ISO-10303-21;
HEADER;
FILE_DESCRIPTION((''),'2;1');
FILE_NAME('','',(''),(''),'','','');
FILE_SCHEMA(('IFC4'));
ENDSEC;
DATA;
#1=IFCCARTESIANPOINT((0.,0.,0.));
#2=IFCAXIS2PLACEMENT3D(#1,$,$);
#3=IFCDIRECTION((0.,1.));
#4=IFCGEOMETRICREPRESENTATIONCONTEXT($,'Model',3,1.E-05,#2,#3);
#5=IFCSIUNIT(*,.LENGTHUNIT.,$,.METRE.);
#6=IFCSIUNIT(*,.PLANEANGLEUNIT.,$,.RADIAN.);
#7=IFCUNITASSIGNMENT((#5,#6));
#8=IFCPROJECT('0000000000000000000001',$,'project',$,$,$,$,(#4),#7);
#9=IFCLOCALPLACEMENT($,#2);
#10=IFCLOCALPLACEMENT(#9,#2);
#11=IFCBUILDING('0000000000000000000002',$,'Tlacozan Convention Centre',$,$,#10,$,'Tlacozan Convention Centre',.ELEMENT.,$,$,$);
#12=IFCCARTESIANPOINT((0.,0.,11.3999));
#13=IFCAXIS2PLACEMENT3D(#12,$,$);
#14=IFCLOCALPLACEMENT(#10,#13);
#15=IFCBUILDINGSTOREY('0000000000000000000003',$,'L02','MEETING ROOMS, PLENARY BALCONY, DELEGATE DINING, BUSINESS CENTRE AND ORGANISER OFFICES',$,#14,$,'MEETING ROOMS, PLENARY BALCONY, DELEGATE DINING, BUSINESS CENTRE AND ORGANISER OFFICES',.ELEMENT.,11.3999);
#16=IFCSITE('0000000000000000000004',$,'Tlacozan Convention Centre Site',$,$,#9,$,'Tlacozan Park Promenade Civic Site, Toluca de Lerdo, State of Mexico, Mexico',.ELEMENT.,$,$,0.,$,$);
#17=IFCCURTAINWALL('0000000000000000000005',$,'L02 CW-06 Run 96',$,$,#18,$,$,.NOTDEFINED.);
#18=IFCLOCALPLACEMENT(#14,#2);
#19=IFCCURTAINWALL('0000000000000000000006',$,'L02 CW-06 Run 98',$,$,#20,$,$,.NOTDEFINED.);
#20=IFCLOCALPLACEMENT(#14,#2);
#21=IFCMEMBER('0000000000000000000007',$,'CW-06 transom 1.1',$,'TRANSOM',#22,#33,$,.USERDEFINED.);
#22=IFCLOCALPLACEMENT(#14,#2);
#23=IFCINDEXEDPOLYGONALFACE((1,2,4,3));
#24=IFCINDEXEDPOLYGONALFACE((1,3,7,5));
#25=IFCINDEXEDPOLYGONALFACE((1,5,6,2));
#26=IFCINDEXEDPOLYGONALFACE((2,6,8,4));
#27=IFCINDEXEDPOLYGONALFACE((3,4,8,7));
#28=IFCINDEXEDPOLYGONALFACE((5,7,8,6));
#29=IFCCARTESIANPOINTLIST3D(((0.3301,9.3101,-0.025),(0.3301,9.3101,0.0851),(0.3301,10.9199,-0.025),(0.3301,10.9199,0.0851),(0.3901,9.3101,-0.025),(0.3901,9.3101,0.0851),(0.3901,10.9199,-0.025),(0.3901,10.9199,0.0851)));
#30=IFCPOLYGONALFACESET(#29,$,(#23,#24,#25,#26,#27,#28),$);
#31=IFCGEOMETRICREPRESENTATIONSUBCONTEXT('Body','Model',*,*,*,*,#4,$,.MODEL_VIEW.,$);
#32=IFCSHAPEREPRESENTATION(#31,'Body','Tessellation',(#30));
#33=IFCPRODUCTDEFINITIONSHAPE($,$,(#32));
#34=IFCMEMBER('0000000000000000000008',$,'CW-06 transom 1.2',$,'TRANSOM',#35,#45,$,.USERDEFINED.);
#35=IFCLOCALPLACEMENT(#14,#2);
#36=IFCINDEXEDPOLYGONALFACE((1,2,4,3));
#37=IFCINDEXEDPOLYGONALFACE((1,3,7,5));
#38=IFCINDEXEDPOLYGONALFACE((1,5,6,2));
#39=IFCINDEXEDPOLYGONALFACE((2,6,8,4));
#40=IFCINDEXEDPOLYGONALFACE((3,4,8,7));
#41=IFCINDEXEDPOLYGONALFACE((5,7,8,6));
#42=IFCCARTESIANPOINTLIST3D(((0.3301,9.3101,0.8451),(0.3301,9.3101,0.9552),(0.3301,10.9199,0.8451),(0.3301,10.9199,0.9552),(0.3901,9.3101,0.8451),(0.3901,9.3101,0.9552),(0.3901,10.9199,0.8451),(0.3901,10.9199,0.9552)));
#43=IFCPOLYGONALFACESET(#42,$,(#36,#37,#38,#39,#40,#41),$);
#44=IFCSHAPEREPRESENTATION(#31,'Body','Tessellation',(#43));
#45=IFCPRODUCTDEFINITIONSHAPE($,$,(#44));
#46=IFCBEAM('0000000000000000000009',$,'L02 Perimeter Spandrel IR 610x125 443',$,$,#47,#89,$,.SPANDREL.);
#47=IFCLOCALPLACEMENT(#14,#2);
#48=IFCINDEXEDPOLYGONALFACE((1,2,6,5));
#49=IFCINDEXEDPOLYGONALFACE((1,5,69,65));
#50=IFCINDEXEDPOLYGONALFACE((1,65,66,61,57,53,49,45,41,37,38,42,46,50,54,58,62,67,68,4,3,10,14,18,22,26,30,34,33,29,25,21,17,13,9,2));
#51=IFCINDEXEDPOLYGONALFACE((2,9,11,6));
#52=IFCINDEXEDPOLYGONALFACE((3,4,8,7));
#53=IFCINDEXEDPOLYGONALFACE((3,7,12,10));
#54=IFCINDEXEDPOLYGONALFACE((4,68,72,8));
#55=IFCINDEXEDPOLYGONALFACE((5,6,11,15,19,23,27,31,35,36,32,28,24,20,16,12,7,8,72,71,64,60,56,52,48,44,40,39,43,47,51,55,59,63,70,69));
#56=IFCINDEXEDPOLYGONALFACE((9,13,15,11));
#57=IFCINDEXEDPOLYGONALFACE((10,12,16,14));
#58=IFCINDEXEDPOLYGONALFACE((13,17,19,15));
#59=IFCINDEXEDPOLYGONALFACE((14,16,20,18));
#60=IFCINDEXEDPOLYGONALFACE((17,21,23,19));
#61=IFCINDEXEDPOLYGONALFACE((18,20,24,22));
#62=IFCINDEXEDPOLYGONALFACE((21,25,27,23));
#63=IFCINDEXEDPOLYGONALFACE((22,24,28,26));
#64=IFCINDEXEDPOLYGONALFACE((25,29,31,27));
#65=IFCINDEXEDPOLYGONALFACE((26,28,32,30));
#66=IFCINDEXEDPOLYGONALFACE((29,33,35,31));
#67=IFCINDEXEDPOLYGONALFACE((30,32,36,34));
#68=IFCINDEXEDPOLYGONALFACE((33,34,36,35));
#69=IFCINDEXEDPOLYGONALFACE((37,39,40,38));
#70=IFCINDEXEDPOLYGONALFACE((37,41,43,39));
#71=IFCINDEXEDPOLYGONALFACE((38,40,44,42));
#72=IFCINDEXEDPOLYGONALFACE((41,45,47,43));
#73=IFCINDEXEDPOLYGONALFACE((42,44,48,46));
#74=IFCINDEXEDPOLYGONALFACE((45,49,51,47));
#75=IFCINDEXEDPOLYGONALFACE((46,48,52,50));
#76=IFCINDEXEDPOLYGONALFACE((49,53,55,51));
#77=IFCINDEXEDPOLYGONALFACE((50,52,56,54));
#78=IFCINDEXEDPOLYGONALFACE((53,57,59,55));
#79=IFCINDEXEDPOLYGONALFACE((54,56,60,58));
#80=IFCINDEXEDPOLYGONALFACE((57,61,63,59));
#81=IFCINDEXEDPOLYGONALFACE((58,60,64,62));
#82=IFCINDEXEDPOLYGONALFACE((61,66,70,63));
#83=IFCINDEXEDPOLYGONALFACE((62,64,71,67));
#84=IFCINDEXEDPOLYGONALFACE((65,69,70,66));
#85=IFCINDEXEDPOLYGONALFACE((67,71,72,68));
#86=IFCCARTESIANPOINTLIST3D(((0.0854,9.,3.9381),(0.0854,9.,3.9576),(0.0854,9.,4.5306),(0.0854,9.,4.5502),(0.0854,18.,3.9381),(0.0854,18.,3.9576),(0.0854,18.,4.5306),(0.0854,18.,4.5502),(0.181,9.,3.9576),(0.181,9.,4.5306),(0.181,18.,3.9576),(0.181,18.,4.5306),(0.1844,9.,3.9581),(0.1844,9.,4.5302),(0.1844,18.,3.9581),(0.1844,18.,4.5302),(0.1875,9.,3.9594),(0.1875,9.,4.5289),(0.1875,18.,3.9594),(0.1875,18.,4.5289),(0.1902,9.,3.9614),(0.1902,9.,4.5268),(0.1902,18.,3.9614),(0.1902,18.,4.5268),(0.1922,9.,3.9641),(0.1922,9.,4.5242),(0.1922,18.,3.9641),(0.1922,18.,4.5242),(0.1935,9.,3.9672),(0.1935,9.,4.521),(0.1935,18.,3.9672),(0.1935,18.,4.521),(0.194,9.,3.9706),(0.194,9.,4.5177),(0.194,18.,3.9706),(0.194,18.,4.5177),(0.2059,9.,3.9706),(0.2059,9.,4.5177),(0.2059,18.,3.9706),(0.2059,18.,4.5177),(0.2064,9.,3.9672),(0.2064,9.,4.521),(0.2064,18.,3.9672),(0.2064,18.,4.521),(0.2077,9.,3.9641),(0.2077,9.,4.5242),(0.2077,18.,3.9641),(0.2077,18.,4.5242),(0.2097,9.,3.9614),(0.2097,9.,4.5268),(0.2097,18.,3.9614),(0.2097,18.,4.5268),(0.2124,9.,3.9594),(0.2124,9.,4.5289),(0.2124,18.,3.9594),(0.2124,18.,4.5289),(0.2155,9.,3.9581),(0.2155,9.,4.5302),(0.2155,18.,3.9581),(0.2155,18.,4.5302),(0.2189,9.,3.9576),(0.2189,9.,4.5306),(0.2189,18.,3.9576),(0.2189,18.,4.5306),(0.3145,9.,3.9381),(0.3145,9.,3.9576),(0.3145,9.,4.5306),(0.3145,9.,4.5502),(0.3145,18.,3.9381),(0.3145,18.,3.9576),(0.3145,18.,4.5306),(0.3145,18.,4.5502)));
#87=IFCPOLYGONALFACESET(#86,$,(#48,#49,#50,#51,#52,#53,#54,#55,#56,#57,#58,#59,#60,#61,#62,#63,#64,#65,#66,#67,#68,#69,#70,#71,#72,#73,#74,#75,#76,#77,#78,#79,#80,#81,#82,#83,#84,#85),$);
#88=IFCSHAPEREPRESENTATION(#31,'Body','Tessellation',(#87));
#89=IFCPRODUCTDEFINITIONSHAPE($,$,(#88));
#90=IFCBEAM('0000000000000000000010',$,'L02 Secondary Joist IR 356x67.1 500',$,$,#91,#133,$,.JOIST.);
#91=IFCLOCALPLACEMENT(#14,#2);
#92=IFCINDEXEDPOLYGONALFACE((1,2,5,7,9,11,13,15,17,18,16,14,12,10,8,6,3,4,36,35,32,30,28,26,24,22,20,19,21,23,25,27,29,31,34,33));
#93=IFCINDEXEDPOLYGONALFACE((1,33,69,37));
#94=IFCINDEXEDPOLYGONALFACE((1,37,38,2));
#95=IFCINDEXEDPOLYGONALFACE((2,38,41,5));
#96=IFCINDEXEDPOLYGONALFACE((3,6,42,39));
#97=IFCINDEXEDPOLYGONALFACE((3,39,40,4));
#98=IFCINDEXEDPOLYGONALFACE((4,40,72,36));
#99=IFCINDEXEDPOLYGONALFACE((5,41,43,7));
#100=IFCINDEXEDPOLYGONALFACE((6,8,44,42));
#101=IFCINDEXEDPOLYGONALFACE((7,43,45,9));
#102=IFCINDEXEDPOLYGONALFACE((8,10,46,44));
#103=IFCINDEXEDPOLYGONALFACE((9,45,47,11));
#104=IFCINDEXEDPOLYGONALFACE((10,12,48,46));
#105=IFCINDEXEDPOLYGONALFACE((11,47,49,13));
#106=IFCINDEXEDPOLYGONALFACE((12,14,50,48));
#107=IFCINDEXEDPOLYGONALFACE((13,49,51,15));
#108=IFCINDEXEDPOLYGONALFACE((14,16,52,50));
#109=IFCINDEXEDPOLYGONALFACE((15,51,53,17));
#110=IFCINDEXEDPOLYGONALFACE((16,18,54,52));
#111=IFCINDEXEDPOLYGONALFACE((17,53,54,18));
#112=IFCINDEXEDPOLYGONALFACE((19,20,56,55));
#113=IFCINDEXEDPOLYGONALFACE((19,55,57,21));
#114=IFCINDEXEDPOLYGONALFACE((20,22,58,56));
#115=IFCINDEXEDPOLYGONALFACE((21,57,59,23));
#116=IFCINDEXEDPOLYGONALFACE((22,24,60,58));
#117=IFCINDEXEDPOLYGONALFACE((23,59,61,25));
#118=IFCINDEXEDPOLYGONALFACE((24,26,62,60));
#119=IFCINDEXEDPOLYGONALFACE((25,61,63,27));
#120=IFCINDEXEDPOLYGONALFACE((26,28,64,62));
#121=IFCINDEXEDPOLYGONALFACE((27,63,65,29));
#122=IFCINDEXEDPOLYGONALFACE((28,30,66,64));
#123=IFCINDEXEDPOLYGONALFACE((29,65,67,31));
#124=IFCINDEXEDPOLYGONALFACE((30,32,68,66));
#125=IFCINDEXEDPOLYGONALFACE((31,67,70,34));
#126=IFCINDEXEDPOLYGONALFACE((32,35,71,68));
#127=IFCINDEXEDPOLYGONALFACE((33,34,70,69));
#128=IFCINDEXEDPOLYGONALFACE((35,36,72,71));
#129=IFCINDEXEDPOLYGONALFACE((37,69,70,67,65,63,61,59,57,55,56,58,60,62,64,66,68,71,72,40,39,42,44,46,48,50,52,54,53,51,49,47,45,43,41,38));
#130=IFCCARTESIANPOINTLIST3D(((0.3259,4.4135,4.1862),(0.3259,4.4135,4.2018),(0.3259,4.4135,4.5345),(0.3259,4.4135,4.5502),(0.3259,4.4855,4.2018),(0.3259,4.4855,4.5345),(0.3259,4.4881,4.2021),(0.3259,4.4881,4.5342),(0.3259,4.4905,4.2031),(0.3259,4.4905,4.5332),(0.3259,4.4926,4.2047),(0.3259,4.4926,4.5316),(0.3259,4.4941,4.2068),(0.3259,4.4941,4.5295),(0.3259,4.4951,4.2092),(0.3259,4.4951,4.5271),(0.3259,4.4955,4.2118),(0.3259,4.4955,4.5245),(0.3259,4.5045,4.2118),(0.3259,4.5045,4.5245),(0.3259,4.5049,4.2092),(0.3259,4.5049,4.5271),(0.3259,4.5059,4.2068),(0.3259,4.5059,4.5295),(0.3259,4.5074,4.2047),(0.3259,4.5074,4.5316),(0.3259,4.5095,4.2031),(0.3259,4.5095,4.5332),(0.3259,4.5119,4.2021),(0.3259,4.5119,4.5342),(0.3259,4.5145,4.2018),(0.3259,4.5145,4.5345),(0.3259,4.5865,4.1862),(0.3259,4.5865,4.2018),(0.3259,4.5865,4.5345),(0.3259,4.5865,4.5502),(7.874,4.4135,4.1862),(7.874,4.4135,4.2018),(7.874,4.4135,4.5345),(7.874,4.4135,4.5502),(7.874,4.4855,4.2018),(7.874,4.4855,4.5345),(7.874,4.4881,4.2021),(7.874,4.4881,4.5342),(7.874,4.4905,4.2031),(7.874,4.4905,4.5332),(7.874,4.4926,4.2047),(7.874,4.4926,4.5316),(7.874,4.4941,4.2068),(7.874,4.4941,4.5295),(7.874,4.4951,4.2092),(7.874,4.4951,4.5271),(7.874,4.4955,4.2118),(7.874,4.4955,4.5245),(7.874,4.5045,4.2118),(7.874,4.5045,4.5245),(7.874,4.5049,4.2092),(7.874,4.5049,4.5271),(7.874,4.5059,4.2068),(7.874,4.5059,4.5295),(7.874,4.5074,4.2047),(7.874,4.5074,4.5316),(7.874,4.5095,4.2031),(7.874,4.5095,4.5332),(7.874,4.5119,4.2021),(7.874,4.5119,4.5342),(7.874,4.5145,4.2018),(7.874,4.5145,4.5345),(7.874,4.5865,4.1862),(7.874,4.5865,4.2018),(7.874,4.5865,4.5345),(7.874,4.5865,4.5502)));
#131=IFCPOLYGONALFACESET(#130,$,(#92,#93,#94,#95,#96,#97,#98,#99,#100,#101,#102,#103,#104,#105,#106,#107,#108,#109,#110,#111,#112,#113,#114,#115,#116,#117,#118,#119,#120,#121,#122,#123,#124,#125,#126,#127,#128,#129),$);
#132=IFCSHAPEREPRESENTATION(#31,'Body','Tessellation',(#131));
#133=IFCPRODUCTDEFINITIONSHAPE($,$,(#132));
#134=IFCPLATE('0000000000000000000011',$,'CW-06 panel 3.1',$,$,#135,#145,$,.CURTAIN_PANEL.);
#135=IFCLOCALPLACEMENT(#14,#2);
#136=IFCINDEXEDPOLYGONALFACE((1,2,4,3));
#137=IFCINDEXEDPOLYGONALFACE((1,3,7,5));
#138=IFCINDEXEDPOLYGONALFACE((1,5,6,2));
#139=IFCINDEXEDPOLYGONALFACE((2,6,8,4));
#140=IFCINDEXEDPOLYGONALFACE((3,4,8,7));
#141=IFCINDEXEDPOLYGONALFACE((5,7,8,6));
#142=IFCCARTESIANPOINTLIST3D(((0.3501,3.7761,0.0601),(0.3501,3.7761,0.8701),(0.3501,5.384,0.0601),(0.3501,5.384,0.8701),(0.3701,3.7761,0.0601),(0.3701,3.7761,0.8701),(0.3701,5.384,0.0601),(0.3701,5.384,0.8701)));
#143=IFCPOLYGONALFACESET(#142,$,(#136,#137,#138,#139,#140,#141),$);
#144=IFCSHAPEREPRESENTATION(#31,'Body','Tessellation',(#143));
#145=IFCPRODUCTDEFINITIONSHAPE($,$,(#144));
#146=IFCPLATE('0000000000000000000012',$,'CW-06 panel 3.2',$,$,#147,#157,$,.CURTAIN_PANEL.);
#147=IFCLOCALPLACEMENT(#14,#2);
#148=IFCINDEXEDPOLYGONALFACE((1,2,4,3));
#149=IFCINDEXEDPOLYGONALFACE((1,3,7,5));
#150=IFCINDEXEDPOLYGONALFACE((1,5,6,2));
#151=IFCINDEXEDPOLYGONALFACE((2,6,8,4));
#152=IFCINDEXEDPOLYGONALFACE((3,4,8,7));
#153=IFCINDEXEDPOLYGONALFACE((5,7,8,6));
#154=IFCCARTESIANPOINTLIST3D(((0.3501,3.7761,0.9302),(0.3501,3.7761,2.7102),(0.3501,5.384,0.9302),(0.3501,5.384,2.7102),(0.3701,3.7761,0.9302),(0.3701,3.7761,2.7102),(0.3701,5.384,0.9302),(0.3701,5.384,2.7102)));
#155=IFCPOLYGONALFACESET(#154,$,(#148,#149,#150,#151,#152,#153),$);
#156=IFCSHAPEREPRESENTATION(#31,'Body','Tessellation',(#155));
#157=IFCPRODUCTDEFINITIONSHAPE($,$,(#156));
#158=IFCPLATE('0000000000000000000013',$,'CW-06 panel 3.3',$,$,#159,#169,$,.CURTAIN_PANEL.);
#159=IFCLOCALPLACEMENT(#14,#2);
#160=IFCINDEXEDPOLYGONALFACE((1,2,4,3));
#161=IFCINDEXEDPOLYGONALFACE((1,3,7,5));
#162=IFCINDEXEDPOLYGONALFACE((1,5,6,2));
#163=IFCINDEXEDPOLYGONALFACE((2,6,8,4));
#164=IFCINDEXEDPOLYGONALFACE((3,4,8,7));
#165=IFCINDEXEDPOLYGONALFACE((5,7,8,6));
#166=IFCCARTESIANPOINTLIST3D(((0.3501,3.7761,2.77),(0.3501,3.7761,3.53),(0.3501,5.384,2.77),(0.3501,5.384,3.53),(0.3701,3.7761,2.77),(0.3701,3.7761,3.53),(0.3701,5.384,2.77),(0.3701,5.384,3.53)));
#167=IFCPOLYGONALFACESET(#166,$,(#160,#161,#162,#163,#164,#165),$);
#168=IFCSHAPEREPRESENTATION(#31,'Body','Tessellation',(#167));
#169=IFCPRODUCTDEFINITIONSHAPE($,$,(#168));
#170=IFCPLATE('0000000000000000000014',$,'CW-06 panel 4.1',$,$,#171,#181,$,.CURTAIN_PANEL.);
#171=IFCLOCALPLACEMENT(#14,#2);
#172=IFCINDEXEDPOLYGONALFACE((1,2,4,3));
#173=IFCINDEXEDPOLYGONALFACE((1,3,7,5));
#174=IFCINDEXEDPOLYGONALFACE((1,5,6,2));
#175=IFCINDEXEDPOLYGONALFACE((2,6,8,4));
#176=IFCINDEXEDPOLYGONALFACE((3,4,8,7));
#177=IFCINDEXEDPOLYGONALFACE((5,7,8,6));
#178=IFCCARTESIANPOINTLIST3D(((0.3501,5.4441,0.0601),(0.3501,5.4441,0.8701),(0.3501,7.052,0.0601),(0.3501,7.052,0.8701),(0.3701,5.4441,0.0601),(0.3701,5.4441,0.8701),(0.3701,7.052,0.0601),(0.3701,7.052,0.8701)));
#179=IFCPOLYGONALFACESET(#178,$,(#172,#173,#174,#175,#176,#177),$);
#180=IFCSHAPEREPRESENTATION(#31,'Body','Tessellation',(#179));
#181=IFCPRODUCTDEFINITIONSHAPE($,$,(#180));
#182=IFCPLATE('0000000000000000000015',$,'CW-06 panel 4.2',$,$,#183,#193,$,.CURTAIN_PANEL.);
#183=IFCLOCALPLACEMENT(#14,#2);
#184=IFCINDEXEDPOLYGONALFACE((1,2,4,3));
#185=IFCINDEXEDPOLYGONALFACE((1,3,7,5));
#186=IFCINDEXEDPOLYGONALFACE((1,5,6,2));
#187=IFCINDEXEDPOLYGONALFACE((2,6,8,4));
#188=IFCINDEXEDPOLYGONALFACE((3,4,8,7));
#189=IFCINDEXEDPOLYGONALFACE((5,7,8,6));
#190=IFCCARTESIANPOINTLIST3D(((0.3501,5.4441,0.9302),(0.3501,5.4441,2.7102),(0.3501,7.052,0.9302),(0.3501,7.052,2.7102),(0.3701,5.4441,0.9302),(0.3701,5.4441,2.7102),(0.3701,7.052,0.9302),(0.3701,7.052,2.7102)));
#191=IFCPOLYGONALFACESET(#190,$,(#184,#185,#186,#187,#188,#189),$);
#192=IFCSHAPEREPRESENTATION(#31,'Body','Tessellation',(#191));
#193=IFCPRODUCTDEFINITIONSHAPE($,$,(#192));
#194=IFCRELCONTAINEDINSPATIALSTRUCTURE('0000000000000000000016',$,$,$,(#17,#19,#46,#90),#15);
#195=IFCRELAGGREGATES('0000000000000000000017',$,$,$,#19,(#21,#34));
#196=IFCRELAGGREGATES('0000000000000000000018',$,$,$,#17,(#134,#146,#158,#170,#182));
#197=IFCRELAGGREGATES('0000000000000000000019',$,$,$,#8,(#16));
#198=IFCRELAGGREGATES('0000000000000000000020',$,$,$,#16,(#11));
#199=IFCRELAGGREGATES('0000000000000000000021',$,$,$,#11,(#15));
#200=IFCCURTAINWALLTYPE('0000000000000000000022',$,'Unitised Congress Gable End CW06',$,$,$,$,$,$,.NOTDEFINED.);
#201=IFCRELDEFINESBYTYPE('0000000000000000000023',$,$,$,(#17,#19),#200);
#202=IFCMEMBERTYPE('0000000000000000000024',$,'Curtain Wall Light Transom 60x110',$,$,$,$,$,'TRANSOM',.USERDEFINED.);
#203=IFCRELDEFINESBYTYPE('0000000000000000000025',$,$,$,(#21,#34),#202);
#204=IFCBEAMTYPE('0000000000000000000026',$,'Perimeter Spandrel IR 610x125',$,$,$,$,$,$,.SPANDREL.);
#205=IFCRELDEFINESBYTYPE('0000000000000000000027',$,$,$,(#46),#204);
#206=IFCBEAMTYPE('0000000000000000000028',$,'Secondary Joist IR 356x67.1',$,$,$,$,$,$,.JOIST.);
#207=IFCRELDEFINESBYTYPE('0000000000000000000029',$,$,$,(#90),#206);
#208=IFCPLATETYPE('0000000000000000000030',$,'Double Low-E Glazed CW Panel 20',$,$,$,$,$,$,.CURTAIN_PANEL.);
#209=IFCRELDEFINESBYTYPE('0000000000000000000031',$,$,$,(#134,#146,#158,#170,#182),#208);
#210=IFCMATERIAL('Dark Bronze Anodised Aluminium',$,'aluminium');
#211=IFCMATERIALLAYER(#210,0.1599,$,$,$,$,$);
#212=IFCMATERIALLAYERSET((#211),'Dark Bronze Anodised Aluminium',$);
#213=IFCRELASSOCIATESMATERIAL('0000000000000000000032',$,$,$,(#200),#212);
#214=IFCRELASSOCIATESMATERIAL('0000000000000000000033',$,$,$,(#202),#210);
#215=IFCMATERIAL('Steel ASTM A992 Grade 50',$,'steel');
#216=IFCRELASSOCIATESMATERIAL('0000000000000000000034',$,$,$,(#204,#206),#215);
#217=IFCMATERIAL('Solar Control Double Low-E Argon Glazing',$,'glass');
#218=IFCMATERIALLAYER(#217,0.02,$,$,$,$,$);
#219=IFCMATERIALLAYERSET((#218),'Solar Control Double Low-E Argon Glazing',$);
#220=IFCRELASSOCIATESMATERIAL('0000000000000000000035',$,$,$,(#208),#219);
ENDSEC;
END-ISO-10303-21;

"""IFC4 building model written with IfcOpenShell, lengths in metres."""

from ifc_helpers import new_model, si_unit, direction, frame, origin, origin_2d, place, context, subcontext, project, spatial, rectangle, i_section, extrude, material, layer, layer_set, material_profile, profile_set, type_object, element, aggregate, save


model = new_model("IFC4")

# Units and contexts
model_context = context("Model", 3, precision=1e-05, world=origin(), true_north=direction((0.0, 1.0)))
body_context = subcontext(model_context, "Body", "Model", "MODEL_VIEW")
ifc_project = project(units=[si_unit("LENGTHUNIT", "METRE"), si_unit("PLANEANGLEUNIT", "RADIAN")], contexts=[model_context])

# Site, building, storey
site_placement = place(None, origin())
site = spatial("IfcSite", under=ifc_project, at=site_placement, Name="Tlacozan Convention Centre Site", LongName="Tlacozan Park Promenade Civic Site, Toluca de Lerdo, State of Mexico, Mexico", CompositionType="ELEMENT", RefElevation=0.0)
building_placement = place(site_placement, origin())
building = spatial("IfcBuilding", under=site, at=building_placement, Name="Tlacozan Convention Centre", LongName="Tlacozan Convention Centre", CompositionType="ELEMENT")
storey_placement = place(building_placement, frame((0.0, 0.0, 11.3999)))
storey = spatial("IfcBuildingStorey", under=building, at=storey_placement, Name="L02", Description="MEETING ROOMS, PLENARY BALCONY, DELEGATE DINING, BUSINESS CENTRE AND ORGANISER OFFICES", LongName="MEETING ROOMS, PLENARY BALCONY, DELEGATE DINING, BUSINESS CENTRE AND ORGANISER OFFICES", CompositionType="ELEMENT", Elevation=11.3999)

# Curtain wall
ifc_material_1 = material(Name="Dark Bronze Anodised Aluminium", Category="aluminium")
ifc_layer_1 = layer(ifc_material_1, 0.1599)
ifc_layer_set_1 = layer_set([ifc_layer_1], Name="Dark Bronze Anodised Aluminium")
curtain_wall_type = type_object("IfcCurtainWallType", Name="Unitised Congress Gable End CW06", PredefinedType="NOTDEFINED", material=ifc_layer_set_1)
curtain_wall_1_placement = place(storey_placement, origin())
curtain_wall_1 = element("IfcCurtainWall", 1, at=curtain_wall_1_placement, inside=storey, type_object=curtain_wall_type, Name="L02 CW-06 Run 96", PredefinedType="NOTDEFINED")

# Curtain wall
curtain_wall_2_placement = place(storey_placement, origin())
curtain_wall_2 = element("IfcCurtainWall", 2, at=curtain_wall_2_placement, inside=storey, type_object=curtain_wall_type, Name="L02 CW-06 Run 98", PredefinedType="NOTDEFINED")

# Members
ifc_material_profile_1 = material_profile(ifc_material_1, rectangle(XDim=0.0601, YDim=0.1101, at=origin_2d()), Name="ALU 60x110")
ifc_profile_set_1 = profile_set([ifc_material_profile_1], Name="Dark Bronze Anodised Aluminium")
member_type_1 = type_object("IfcMemberType", Name="Curtain Wall Light Transom 60x110", ElementType="TRANSOM", PredefinedType="USERDEFINED", material=ifc_profile_set_1)
member_1_placement = place(storey_placement, frame((0.3601, 9.3101, 0.03), z_axis=(0.0, 1.0, 0.0), x_axis=(-1.0, 0.0, 0.0)))
member_1 = element("IfcMember", 3, at=member_1_placement, type_object=member_type_1, Name="CW-06 transom 1.1", ObjectType="TRANSOM", PredefinedType="USERDEFINED", context=body_context, shape_type="SweptSolid", body=[
    extrude(rectangle(XDim=0.0601, YDim=0.1101, at=origin_2d()), origin(), (0.0, 0.0, 1.0), 1.6099),
])
member_2_placement = place(storey_placement, frame((0.3601, 9.3101, 0.9001), z_axis=(0.0, 1.0, 0.0), x_axis=(-1.0, 0.0, 0.0)))
member_2 = element("IfcMember", 4, at=member_2_placement, type_object=member_type_1, Name="CW-06 transom 1.2", ObjectType="TRANSOM", PredefinedType="USERDEFINED", context=body_context, shape_type="SweptSolid", body=[
    extrude(rectangle(XDim=0.0601, YDim=0.1101, at=origin_2d()), origin(), (0.0, 0.0, 1.0), 1.6099),
])
aggregate(curtain_wall_2, [member_1, member_2])

# Beams
ifc_material_2 = material(Name="Steel ASTM A992 Grade 50", Category="steel")
ifc_material_profile_2 = material_profile(ifc_material_2, i_section(OverallWidth=0.229, OverallDepth=0.6121, WebThickness=0.012, FlangeThickness=0.0195, FilletRadius=0.0129, at=origin_2d()), Name="IR 610x125.0")
ifc_profile_set_2 = profile_set([ifc_material_profile_2], Name="Steel ASTM A992 Grade 50")
beam_type_1 = type_object("IfcBeamType", Name="Perimeter Spandrel IR 610x125", PredefinedType="SPANDREL", material=ifc_profile_set_2)
beam_1_placement = place(storey_placement, frame((0.2, 9.0, 4.2441), z_axis=(0.0, 1.0, 0.0), x_axis=(-1.0, 0.0, 0.0)))
element("IfcBeam", 5, at=beam_1_placement, inside=storey, type_object=beam_type_1, Name="L02 Perimeter Spandrel IR 610x125 443", PredefinedType="SPANDREL", context=body_context, shape_type="SweptSolid", body=[
    extrude(i_section(OverallWidth=0.229, OverallDepth=0.6121, WebThickness=0.012, FlangeThickness=0.0195, FilletRadius=0.0129, at=origin_2d()), origin(), (0.0, 0.0, 1.0), 9.0),
])
ifc_material_profile_3 = material_profile(ifc_material_2, i_section(OverallWidth=0.1731, OverallDepth=0.364, WebThickness=0.009, FlangeThickness=0.0156, FilletRadius=0.01, at=origin_2d()), Name="IR 356x67.1")
ifc_profile_set_3 = profile_set([ifc_material_profile_3], Name="Steel ASTM A992 Grade 50")
beam_type_2 = type_object("IfcBeamType", Name="Secondary Joist IR 356x67.1", PredefinedType="JOIST", material=ifc_profile_set_3)
beam_2_placement = place(storey_placement, frame((0.3259, 4.5, 4.3682), z_axis=(1.0, 0.0, 0.0), x_axis=(0.0, 1.0, 0.0)))
element("IfcBeam", 6, at=beam_2_placement, inside=storey, type_object=beam_type_2, Name="L02 Secondary Joist IR 356x67.1 500", PredefinedType="JOIST", context=body_context, shape_type="SweptSolid", body=[
    extrude(i_section(OverallWidth=0.1731, OverallDepth=0.364, WebThickness=0.009, FlangeThickness=0.0156, FilletRadius=0.01, at=origin_2d()), origin(), (0.0, 0.0, 1.0), 7.5481),
])

# Plates
ifc_material_3 = material(Name="Solar Control Double Low-E Argon Glazing", Category="glass")
ifc_layer_2 = layer(ifc_material_3, 0.02)
ifc_layer_set_2 = layer_set([ifc_layer_2], Name="Solar Control Double Low-E Argon Glazing")
plate_type = type_object("IfcPlateType", Name="Double Low-E Glazed CW Panel 20", PredefinedType="CURTAIN_PANEL", material=ifc_layer_set_2)
plate_1_placement = place(storey_placement, frame((0.3601, 4.5801, 0.0601), z_axis=(0.0, 0.0, 1.0), x_axis=(0.0, 1.0, 0.0)))
plate_1 = element("IfcPlate", 7, at=plate_1_placement, type_object=plate_type, Name="CW-06 panel 3.1", PredefinedType="CURTAIN_PANEL", context=body_context, shape_type="SweptSolid", body=[
    extrude(rectangle(XDim=1.6079, YDim=0.02, at=origin_2d()), origin(), (0.0, 0.0, 1.0), 0.8101),
])
plate_2_placement = place(storey_placement, frame((0.3601, 4.5801, 0.9302), z_axis=(0.0, 0.0, 1.0), x_axis=(0.0, 1.0, 0.0)))
plate_2 = element("IfcPlate", 8, at=plate_2_placement, type_object=plate_type, Name="CW-06 panel 3.2", PredefinedType="CURTAIN_PANEL", context=body_context, shape_type="SweptSolid", body=[
    extrude(rectangle(XDim=1.6079, YDim=0.02, at=origin_2d()), origin(), (0.0, 0.0, 1.0), 1.78),
])
plate_3_placement = place(storey_placement, frame((0.3601, 4.5801, 2.77), z_axis=(0.0, 0.0, 1.0), x_axis=(0.0, 1.0, 0.0)))
plate_3 = element("IfcPlate", 9, at=plate_3_placement, type_object=plate_type, Name="CW-06 panel 3.3", PredefinedType="CURTAIN_PANEL", context=body_context, shape_type="SweptSolid", body=[
    extrude(rectangle(XDim=1.6079, YDim=0.02, at=origin_2d()), origin(), (0.0, 0.0, 1.0), 0.76),
])
plate_4_placement = place(storey_placement, frame((0.3601, 6.248, 0.0601), z_axis=(0.0, 0.0, 1.0), x_axis=(0.0, 1.0, 0.0)))
plate_4 = element("IfcPlate", 10, at=plate_4_placement, type_object=plate_type, Name="CW-06 panel 4.1", PredefinedType="CURTAIN_PANEL", context=body_context, shape_type="SweptSolid", body=[
    extrude(rectangle(XDim=1.6079, YDim=0.02, at=origin_2d()), origin(), (0.0, 0.0, 1.0), 0.8101),
])
plate_5_placement = place(storey_placement, frame((0.3601, 6.248, 0.9302), z_axis=(0.0, 0.0, 1.0), x_axis=(0.0, 1.0, 0.0)))
plate_5 = element("IfcPlate", 11, at=plate_5_placement, type_object=plate_type, Name="CW-06 panel 4.2", PredefinedType="CURTAIN_PANEL", context=body_context, shape_type="SweptSolid", body=[
    extrude(rectangle(XDim=1.6079, YDim=0.02, at=origin_2d()), origin(), (0.0, 0.0, 1.0), 1.78),
])
aggregate(curtain_wall_1, [plate_1, plate_2, plate_3, plate_4, plate_5])

save(model, "model.ifc")
